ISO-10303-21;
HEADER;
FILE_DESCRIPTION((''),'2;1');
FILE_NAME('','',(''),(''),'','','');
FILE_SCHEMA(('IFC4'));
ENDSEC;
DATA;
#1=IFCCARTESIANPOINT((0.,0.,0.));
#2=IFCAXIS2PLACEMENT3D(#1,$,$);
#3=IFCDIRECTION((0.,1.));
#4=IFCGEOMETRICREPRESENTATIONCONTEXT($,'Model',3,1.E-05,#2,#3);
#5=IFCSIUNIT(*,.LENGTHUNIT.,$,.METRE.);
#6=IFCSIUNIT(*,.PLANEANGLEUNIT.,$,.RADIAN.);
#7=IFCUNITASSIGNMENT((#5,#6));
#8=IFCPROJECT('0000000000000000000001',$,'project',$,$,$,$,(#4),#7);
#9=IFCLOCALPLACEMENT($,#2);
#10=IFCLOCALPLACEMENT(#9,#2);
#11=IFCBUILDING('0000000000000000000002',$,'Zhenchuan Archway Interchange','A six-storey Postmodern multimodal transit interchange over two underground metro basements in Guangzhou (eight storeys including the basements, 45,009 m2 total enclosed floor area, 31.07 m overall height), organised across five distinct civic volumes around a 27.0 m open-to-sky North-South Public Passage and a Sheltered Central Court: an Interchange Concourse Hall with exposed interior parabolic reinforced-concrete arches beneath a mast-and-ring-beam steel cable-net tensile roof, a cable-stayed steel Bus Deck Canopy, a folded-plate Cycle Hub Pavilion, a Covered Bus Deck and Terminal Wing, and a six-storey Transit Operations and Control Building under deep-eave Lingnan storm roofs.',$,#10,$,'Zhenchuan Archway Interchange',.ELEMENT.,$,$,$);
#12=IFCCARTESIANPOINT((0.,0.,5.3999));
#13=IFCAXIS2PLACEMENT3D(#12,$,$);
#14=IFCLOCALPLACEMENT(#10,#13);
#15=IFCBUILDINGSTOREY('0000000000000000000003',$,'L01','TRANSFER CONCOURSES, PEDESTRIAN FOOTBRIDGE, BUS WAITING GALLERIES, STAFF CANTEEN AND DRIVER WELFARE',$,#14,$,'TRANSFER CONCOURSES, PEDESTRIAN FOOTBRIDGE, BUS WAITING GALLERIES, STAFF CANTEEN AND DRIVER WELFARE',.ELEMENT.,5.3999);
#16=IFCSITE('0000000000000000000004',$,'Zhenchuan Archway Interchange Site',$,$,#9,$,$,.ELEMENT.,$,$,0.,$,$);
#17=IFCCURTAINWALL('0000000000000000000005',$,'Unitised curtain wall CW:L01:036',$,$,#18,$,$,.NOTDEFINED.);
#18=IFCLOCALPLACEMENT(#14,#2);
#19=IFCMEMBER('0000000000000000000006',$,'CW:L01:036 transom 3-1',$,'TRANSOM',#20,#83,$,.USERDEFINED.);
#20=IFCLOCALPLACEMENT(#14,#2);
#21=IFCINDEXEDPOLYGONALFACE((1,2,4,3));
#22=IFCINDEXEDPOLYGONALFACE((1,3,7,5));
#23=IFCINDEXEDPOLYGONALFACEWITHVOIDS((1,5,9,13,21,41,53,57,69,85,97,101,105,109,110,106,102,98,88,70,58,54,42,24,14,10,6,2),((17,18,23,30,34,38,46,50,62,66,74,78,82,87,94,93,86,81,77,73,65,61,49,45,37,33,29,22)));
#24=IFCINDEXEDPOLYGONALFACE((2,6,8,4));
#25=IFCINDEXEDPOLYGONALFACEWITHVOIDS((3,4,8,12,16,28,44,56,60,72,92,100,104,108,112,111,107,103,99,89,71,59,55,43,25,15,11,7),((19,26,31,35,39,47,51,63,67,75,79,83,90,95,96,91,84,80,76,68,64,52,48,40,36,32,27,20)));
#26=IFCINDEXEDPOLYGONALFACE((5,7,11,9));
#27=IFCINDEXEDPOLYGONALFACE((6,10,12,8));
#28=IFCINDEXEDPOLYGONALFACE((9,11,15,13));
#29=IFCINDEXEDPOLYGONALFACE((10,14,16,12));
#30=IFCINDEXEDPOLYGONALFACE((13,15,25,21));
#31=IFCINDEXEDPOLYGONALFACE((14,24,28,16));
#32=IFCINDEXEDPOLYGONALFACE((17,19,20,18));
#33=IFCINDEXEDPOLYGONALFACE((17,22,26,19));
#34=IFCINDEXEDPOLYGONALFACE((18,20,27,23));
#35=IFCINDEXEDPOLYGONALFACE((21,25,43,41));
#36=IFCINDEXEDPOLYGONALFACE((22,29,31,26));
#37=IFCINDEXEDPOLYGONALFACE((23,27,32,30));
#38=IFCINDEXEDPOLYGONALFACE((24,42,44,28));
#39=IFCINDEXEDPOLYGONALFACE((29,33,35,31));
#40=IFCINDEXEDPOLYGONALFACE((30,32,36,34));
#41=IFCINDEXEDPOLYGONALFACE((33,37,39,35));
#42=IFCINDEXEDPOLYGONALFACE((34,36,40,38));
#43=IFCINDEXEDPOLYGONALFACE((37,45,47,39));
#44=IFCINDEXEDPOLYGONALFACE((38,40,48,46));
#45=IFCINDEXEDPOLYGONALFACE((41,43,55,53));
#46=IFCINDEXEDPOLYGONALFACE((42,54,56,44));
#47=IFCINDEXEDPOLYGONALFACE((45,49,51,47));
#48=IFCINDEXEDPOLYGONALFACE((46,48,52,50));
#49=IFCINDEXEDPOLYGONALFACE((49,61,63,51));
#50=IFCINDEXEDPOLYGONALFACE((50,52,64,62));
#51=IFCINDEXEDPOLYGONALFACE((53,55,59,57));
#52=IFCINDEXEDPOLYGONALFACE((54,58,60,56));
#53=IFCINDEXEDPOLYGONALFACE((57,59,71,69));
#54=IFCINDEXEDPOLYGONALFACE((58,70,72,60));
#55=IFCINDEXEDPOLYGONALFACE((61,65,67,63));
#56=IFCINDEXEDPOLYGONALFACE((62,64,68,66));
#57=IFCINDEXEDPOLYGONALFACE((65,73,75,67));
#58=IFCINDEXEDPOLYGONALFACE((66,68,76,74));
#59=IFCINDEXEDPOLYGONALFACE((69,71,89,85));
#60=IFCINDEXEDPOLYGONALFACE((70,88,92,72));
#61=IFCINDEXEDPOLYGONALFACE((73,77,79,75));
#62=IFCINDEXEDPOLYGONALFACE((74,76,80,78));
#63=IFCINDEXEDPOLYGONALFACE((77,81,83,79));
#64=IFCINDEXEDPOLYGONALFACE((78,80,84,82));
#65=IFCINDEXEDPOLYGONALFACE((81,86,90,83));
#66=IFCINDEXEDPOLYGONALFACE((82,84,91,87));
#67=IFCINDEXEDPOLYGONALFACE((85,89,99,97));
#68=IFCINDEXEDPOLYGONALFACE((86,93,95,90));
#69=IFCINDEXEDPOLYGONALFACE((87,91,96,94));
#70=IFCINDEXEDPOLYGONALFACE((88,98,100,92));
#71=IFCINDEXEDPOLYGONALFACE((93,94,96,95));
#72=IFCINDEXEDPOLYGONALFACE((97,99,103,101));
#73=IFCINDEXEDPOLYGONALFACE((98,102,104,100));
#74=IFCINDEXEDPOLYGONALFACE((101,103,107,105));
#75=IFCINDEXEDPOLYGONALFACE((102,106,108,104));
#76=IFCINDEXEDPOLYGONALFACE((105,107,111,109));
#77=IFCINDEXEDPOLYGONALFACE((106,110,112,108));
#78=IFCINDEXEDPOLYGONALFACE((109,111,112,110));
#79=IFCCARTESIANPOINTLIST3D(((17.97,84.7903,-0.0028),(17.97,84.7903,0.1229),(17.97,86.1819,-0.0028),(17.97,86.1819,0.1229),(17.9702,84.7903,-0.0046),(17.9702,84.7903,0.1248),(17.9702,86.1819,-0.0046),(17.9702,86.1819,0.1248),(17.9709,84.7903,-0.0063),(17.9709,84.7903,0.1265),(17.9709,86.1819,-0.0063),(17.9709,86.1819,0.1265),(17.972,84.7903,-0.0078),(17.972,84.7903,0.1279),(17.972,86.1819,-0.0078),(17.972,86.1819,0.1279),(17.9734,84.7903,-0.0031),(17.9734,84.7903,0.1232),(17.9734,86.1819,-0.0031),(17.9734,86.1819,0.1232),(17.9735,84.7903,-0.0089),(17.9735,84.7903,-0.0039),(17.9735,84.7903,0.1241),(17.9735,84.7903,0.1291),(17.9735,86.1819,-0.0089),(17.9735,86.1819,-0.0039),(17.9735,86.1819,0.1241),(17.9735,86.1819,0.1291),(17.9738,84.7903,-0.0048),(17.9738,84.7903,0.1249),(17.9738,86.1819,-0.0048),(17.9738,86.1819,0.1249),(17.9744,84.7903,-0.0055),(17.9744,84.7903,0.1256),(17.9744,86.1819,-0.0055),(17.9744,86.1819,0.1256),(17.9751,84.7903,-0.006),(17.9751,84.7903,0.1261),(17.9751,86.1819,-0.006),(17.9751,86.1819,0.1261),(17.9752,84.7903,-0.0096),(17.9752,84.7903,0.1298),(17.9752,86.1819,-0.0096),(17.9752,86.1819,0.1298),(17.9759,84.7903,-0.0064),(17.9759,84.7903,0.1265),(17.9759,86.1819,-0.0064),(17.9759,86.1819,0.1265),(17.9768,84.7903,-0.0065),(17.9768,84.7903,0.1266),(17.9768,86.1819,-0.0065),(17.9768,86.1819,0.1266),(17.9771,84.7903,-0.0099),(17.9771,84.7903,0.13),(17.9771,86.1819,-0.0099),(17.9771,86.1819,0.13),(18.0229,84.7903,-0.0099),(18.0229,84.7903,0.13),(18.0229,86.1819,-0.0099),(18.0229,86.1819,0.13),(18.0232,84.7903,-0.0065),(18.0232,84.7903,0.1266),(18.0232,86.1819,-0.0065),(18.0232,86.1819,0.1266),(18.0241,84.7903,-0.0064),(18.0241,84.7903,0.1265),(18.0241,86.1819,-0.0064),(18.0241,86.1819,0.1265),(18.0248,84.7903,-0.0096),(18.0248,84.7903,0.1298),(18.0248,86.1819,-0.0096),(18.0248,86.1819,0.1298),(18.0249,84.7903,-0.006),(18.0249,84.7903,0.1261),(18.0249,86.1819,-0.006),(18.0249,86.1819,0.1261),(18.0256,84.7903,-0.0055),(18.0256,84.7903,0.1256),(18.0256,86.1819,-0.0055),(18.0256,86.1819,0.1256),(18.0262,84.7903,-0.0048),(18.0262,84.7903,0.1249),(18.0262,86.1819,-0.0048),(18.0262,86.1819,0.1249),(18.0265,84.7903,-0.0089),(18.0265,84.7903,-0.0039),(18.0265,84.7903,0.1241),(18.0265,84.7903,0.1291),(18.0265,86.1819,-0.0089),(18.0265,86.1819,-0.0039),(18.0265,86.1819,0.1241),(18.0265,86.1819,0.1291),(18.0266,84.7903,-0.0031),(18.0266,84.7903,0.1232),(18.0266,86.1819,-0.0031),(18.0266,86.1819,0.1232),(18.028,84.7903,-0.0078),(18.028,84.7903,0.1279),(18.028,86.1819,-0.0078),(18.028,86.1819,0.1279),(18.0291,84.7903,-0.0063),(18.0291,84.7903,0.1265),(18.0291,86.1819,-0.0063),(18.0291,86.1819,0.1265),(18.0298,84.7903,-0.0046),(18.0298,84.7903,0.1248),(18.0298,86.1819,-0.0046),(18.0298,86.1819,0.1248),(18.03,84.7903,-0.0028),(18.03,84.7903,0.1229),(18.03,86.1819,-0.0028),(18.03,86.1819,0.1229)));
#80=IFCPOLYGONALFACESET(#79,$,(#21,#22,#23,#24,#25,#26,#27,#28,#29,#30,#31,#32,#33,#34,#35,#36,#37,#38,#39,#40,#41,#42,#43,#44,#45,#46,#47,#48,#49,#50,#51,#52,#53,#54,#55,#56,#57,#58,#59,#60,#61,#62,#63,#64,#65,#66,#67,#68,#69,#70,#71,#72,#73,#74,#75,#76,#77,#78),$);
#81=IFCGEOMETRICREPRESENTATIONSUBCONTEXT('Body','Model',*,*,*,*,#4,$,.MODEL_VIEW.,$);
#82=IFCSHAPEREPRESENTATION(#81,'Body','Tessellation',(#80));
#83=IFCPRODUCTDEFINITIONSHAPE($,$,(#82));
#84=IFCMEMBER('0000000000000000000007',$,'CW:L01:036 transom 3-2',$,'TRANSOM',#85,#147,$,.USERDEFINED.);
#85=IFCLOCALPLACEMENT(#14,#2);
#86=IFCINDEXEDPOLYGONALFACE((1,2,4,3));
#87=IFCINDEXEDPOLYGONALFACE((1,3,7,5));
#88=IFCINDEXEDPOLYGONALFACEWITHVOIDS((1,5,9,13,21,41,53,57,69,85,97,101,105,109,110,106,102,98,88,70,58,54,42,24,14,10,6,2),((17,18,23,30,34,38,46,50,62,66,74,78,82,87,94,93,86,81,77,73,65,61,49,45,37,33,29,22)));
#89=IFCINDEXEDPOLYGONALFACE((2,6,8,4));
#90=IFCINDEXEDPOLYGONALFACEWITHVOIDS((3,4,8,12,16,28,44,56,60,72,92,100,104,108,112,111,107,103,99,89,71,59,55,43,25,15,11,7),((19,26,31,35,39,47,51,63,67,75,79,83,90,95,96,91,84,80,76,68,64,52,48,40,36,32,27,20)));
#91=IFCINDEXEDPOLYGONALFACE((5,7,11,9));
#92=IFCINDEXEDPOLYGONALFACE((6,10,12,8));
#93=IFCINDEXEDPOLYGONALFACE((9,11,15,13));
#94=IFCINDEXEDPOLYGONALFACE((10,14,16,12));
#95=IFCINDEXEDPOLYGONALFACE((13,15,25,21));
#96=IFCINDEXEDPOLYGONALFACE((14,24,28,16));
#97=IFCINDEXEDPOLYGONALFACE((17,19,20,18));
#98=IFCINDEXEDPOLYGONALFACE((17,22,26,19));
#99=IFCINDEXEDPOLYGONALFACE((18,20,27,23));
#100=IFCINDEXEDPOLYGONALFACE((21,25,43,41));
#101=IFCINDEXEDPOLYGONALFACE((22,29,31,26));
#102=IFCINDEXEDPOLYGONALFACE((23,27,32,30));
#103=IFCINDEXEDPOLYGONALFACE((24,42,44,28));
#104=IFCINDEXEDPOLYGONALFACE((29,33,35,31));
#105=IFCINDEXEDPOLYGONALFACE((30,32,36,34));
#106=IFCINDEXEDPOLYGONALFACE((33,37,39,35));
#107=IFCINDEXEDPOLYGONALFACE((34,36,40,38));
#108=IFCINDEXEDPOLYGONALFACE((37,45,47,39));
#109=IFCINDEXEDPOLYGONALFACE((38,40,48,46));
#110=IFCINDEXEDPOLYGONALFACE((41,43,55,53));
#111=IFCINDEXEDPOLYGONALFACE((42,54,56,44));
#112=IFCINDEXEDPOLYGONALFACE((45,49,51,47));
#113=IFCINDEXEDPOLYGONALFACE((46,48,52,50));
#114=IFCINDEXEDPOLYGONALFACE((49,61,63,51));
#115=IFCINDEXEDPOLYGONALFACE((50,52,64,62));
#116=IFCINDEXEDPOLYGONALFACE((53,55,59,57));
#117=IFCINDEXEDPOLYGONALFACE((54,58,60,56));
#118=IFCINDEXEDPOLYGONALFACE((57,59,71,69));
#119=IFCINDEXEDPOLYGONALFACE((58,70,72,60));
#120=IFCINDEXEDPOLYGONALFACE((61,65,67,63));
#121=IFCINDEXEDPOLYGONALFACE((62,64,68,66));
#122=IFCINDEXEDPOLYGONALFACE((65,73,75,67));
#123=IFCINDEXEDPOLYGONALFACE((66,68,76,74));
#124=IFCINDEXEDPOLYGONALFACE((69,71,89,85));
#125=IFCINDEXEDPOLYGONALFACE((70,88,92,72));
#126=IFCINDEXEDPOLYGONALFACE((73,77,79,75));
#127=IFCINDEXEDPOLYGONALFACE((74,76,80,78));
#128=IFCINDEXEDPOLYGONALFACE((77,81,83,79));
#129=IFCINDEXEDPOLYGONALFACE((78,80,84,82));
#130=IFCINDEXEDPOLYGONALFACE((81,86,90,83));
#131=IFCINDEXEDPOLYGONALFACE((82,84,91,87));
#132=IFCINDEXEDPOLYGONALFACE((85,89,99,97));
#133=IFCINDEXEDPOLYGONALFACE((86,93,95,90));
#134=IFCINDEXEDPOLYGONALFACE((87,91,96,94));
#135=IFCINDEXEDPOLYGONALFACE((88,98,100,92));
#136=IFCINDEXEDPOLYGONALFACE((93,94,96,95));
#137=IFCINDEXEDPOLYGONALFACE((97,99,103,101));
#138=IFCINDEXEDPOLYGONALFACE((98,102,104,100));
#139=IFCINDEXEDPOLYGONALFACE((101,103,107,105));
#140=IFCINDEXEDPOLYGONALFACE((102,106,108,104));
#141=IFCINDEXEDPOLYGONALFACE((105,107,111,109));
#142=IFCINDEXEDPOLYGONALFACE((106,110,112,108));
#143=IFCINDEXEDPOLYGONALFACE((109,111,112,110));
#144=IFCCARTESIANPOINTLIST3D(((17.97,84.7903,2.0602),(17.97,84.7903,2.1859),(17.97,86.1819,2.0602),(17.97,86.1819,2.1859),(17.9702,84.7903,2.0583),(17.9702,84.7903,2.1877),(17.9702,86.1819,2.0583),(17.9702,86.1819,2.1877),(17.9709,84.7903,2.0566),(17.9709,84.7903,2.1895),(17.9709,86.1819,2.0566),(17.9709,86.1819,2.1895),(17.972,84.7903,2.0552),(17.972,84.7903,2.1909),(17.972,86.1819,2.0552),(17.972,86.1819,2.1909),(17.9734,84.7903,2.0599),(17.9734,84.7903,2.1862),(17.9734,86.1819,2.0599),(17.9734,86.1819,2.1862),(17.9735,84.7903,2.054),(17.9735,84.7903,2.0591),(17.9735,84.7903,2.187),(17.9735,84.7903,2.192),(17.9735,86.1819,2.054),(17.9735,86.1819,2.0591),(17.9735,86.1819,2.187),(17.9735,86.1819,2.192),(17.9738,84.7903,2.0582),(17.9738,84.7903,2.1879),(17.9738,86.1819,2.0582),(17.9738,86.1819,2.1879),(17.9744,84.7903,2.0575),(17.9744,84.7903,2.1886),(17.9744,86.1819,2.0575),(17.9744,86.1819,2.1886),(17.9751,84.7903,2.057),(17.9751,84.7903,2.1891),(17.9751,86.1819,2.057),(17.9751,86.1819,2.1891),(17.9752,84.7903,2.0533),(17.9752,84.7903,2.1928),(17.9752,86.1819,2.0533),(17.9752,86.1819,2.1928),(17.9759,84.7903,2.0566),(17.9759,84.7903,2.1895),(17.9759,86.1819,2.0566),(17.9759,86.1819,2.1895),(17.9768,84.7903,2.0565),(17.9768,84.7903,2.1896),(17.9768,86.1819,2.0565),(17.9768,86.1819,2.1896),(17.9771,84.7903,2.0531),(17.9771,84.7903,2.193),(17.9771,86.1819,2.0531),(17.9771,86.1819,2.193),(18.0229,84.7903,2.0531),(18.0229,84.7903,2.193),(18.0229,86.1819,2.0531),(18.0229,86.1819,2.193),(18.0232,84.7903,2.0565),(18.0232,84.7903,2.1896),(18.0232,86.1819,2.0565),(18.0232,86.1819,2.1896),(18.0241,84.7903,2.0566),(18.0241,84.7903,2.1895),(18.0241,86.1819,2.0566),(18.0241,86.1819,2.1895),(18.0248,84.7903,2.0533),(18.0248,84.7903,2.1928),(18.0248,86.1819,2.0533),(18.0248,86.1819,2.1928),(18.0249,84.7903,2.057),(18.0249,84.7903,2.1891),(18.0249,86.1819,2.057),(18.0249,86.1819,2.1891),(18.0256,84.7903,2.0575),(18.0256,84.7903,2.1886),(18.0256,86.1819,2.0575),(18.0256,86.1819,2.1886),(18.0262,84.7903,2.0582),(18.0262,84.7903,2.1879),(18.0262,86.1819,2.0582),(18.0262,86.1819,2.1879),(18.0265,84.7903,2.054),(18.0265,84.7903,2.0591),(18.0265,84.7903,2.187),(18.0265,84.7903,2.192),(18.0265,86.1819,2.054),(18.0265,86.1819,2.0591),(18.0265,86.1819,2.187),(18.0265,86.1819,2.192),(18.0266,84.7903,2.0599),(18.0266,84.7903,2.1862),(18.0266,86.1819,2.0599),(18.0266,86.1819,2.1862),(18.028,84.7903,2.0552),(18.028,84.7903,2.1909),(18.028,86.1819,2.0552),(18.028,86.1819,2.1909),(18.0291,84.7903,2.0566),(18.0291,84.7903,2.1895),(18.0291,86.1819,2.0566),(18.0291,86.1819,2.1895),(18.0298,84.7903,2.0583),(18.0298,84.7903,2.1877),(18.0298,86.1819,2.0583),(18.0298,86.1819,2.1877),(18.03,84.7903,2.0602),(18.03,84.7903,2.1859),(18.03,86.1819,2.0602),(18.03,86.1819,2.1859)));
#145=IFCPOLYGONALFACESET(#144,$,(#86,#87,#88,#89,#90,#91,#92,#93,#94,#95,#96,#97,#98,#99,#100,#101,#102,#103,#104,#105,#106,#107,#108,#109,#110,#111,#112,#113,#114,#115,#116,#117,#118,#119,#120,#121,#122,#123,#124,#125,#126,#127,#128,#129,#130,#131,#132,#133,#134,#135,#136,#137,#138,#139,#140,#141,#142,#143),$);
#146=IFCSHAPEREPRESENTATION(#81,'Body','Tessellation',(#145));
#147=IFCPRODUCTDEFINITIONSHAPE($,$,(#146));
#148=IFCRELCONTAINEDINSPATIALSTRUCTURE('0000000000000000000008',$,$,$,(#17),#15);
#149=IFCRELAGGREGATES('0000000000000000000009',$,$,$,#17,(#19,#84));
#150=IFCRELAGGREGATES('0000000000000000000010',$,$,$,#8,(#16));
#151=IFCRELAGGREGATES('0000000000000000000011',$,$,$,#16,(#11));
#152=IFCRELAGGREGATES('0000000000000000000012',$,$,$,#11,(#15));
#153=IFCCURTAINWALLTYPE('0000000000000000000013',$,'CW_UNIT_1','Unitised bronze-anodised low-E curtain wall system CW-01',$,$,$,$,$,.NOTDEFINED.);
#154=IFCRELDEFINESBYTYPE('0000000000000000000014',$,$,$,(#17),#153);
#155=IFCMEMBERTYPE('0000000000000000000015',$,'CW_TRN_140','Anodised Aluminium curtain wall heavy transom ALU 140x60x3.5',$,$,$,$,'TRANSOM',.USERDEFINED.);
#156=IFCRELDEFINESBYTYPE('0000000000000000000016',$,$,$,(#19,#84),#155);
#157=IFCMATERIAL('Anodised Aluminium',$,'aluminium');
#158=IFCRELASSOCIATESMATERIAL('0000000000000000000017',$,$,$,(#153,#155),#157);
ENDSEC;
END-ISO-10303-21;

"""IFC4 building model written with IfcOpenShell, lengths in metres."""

from ifc_helpers import new_model, si_unit, direction, frame, origin, origin_2d, place, context, subcontext, project, spatial, hollow_rectangle, extrude, material, material_profile, profile_set, type_object, element, aggregate, save


model = new_model("IFC4")

# Units and contexts
model_context = context("Model", 3, precision=1e-05, world=origin(), true_north=direction((0.0, 1.0)))
body_context = subcontext(model_context, "Body", "Model", "MODEL_VIEW")
ifc_project = project(units=[si_unit("LENGTHUNIT", "METRE"), si_unit("PLANEANGLEUNIT", "RADIAN")], contexts=[model_context])

# Site, building, storey
site_placement = place(None, origin())
site = spatial("IfcSite", under=ifc_project, at=site_placement, Name="Zhenchuan Archway Interchange Site", CompositionType="ELEMENT", RefElevation=0.0)
building_placement = place(site_placement, origin())
building = spatial("IfcBuilding", under=site, at=building_placement, Name="Zhenchuan Archway Interchange", Description="A six-storey Postmodern multimodal transit interchange over two underground metro basements in Guangzhou (eight storeys including the basements, 45,009 m2 total enclosed floor area, 31.07 m overall height), organised across five distinct civic volumes around a 27.0 m open-to-sky North-South Public Passage and a Sheltered Central Court: an Interchange Concourse Hall with exposed interior parabolic reinforced-concrete arches beneath a mast-and-ring-beam steel cable-net tensile roof, a cable-stayed steel Bus Deck Canopy, a folded-plate Cycle Hub Pavilion, a Covered Bus Deck and Terminal Wing, and a six-storey Transit Operations and Control Building under deep-eave Lingnan storm roofs.", LongName="Zhenchuan Archway Interchange", CompositionType="ELEMENT")
storey_placement = place(building_placement, frame((0.0, 0.0, 5.3999)))
storey = spatial("IfcBuildingStorey", under=building, at=storey_placement, Name="L01", Description="TRANSFER CONCOURSES, PEDESTRIAN FOOTBRIDGE, BUS WAITING GALLERIES, STAFF CANTEEN AND DRIVER WELFARE", LongName="TRANSFER CONCOURSES, PEDESTRIAN FOOTBRIDGE, BUS WAITING GALLERIES, STAFF CANTEEN AND DRIVER WELFARE", CompositionType="ELEMENT", Elevation=5.3999)

# Curtain wall, members
ifc_material_1 = material(Name="Anodised Aluminium", Category="aluminium")
curtain_wall_type = type_object("IfcCurtainWallType", Name="CW_UNIT_1", Description="Unitised bronze-anodised low-E curtain wall system CW-01", PredefinedType="NOTDEFINED", material=ifc_material_1)
curtain_wall_placement = place(storey_placement, origin())
curtain_wall = element("IfcCurtainWall", 1, at=curtain_wall_placement, inside=storey, type_object=curtain_wall_type, Name="Unitised curtain wall CW:L01:036", PredefinedType="NOTDEFINED")
ifc_material_profile_1 = material_profile(ifc_material_1, hollow_rectangle(XDim=0.0601, YDim=0.1399, WallThickness=0.0034, InnerFilletRadius=0.0034, OuterFilletRadius=0.0071, at=origin_2d()), Name="ALU 140x60x3.5")
ifc_profile_set_1 = profile_set([ifc_material_profile_1], Name="Anodised Aluminium")
member_type_1 = type_object("IfcMemberType", Name="CW_TRN_140", Description="Anodised Aluminium curtain wall heavy transom ALU 140x60x3.5", ElementType="TRANSOM", PredefinedType="USERDEFINED", material=ifc_profile_set_1)
member_1_placement = place(storey_placement, frame((18.0, 84.7903, 0.0601), z_axis=(0.0, 1.0, 0.0), x_axis=(-1.0, 0.0, 0.0)))
member_1 = element("IfcMember", 2, at=member_1_placement, type_object=member_type_1, Name="CW:L01:036 transom 3-1", ObjectType="TRANSOM", PredefinedType="USERDEFINED", context=body_context, shape_type="SweptSolid", body=[
    extrude(hollow_rectangle(XDim=0.0601, YDim=0.1399, WallThickness=0.0034, InnerFilletRadius=0.0034, OuterFilletRadius=0.0071, at=origin_2d()), origin(), (0.0, 0.0, 1.0), 1.3916),
])
member_2_placement = place(storey_placement, frame((18.0, 84.7903, 2.123), z_axis=(0.0, 1.0, 0.0), x_axis=(-1.0, 0.0, 0.0)))
member_2 = element("IfcMember", 3, at=member_2_placement, type_object=member_type_1, Name="CW:L01:036 transom 3-2", ObjectType="TRANSOM", PredefinedType="USERDEFINED", context=body_context, shape_type="SweptSolid", body=[
    extrude(hollow_rectangle(XDim=0.0601, YDim=0.1399, WallThickness=0.0034, InnerFilletRadius=0.0034, OuterFilletRadius=0.0071, at=origin_2d()), origin(), (0.0, 0.0, 1.0), 1.3916),
])
aggregate(curtain_wall, [member_1, member_2])

save(model, "model.ifc")
